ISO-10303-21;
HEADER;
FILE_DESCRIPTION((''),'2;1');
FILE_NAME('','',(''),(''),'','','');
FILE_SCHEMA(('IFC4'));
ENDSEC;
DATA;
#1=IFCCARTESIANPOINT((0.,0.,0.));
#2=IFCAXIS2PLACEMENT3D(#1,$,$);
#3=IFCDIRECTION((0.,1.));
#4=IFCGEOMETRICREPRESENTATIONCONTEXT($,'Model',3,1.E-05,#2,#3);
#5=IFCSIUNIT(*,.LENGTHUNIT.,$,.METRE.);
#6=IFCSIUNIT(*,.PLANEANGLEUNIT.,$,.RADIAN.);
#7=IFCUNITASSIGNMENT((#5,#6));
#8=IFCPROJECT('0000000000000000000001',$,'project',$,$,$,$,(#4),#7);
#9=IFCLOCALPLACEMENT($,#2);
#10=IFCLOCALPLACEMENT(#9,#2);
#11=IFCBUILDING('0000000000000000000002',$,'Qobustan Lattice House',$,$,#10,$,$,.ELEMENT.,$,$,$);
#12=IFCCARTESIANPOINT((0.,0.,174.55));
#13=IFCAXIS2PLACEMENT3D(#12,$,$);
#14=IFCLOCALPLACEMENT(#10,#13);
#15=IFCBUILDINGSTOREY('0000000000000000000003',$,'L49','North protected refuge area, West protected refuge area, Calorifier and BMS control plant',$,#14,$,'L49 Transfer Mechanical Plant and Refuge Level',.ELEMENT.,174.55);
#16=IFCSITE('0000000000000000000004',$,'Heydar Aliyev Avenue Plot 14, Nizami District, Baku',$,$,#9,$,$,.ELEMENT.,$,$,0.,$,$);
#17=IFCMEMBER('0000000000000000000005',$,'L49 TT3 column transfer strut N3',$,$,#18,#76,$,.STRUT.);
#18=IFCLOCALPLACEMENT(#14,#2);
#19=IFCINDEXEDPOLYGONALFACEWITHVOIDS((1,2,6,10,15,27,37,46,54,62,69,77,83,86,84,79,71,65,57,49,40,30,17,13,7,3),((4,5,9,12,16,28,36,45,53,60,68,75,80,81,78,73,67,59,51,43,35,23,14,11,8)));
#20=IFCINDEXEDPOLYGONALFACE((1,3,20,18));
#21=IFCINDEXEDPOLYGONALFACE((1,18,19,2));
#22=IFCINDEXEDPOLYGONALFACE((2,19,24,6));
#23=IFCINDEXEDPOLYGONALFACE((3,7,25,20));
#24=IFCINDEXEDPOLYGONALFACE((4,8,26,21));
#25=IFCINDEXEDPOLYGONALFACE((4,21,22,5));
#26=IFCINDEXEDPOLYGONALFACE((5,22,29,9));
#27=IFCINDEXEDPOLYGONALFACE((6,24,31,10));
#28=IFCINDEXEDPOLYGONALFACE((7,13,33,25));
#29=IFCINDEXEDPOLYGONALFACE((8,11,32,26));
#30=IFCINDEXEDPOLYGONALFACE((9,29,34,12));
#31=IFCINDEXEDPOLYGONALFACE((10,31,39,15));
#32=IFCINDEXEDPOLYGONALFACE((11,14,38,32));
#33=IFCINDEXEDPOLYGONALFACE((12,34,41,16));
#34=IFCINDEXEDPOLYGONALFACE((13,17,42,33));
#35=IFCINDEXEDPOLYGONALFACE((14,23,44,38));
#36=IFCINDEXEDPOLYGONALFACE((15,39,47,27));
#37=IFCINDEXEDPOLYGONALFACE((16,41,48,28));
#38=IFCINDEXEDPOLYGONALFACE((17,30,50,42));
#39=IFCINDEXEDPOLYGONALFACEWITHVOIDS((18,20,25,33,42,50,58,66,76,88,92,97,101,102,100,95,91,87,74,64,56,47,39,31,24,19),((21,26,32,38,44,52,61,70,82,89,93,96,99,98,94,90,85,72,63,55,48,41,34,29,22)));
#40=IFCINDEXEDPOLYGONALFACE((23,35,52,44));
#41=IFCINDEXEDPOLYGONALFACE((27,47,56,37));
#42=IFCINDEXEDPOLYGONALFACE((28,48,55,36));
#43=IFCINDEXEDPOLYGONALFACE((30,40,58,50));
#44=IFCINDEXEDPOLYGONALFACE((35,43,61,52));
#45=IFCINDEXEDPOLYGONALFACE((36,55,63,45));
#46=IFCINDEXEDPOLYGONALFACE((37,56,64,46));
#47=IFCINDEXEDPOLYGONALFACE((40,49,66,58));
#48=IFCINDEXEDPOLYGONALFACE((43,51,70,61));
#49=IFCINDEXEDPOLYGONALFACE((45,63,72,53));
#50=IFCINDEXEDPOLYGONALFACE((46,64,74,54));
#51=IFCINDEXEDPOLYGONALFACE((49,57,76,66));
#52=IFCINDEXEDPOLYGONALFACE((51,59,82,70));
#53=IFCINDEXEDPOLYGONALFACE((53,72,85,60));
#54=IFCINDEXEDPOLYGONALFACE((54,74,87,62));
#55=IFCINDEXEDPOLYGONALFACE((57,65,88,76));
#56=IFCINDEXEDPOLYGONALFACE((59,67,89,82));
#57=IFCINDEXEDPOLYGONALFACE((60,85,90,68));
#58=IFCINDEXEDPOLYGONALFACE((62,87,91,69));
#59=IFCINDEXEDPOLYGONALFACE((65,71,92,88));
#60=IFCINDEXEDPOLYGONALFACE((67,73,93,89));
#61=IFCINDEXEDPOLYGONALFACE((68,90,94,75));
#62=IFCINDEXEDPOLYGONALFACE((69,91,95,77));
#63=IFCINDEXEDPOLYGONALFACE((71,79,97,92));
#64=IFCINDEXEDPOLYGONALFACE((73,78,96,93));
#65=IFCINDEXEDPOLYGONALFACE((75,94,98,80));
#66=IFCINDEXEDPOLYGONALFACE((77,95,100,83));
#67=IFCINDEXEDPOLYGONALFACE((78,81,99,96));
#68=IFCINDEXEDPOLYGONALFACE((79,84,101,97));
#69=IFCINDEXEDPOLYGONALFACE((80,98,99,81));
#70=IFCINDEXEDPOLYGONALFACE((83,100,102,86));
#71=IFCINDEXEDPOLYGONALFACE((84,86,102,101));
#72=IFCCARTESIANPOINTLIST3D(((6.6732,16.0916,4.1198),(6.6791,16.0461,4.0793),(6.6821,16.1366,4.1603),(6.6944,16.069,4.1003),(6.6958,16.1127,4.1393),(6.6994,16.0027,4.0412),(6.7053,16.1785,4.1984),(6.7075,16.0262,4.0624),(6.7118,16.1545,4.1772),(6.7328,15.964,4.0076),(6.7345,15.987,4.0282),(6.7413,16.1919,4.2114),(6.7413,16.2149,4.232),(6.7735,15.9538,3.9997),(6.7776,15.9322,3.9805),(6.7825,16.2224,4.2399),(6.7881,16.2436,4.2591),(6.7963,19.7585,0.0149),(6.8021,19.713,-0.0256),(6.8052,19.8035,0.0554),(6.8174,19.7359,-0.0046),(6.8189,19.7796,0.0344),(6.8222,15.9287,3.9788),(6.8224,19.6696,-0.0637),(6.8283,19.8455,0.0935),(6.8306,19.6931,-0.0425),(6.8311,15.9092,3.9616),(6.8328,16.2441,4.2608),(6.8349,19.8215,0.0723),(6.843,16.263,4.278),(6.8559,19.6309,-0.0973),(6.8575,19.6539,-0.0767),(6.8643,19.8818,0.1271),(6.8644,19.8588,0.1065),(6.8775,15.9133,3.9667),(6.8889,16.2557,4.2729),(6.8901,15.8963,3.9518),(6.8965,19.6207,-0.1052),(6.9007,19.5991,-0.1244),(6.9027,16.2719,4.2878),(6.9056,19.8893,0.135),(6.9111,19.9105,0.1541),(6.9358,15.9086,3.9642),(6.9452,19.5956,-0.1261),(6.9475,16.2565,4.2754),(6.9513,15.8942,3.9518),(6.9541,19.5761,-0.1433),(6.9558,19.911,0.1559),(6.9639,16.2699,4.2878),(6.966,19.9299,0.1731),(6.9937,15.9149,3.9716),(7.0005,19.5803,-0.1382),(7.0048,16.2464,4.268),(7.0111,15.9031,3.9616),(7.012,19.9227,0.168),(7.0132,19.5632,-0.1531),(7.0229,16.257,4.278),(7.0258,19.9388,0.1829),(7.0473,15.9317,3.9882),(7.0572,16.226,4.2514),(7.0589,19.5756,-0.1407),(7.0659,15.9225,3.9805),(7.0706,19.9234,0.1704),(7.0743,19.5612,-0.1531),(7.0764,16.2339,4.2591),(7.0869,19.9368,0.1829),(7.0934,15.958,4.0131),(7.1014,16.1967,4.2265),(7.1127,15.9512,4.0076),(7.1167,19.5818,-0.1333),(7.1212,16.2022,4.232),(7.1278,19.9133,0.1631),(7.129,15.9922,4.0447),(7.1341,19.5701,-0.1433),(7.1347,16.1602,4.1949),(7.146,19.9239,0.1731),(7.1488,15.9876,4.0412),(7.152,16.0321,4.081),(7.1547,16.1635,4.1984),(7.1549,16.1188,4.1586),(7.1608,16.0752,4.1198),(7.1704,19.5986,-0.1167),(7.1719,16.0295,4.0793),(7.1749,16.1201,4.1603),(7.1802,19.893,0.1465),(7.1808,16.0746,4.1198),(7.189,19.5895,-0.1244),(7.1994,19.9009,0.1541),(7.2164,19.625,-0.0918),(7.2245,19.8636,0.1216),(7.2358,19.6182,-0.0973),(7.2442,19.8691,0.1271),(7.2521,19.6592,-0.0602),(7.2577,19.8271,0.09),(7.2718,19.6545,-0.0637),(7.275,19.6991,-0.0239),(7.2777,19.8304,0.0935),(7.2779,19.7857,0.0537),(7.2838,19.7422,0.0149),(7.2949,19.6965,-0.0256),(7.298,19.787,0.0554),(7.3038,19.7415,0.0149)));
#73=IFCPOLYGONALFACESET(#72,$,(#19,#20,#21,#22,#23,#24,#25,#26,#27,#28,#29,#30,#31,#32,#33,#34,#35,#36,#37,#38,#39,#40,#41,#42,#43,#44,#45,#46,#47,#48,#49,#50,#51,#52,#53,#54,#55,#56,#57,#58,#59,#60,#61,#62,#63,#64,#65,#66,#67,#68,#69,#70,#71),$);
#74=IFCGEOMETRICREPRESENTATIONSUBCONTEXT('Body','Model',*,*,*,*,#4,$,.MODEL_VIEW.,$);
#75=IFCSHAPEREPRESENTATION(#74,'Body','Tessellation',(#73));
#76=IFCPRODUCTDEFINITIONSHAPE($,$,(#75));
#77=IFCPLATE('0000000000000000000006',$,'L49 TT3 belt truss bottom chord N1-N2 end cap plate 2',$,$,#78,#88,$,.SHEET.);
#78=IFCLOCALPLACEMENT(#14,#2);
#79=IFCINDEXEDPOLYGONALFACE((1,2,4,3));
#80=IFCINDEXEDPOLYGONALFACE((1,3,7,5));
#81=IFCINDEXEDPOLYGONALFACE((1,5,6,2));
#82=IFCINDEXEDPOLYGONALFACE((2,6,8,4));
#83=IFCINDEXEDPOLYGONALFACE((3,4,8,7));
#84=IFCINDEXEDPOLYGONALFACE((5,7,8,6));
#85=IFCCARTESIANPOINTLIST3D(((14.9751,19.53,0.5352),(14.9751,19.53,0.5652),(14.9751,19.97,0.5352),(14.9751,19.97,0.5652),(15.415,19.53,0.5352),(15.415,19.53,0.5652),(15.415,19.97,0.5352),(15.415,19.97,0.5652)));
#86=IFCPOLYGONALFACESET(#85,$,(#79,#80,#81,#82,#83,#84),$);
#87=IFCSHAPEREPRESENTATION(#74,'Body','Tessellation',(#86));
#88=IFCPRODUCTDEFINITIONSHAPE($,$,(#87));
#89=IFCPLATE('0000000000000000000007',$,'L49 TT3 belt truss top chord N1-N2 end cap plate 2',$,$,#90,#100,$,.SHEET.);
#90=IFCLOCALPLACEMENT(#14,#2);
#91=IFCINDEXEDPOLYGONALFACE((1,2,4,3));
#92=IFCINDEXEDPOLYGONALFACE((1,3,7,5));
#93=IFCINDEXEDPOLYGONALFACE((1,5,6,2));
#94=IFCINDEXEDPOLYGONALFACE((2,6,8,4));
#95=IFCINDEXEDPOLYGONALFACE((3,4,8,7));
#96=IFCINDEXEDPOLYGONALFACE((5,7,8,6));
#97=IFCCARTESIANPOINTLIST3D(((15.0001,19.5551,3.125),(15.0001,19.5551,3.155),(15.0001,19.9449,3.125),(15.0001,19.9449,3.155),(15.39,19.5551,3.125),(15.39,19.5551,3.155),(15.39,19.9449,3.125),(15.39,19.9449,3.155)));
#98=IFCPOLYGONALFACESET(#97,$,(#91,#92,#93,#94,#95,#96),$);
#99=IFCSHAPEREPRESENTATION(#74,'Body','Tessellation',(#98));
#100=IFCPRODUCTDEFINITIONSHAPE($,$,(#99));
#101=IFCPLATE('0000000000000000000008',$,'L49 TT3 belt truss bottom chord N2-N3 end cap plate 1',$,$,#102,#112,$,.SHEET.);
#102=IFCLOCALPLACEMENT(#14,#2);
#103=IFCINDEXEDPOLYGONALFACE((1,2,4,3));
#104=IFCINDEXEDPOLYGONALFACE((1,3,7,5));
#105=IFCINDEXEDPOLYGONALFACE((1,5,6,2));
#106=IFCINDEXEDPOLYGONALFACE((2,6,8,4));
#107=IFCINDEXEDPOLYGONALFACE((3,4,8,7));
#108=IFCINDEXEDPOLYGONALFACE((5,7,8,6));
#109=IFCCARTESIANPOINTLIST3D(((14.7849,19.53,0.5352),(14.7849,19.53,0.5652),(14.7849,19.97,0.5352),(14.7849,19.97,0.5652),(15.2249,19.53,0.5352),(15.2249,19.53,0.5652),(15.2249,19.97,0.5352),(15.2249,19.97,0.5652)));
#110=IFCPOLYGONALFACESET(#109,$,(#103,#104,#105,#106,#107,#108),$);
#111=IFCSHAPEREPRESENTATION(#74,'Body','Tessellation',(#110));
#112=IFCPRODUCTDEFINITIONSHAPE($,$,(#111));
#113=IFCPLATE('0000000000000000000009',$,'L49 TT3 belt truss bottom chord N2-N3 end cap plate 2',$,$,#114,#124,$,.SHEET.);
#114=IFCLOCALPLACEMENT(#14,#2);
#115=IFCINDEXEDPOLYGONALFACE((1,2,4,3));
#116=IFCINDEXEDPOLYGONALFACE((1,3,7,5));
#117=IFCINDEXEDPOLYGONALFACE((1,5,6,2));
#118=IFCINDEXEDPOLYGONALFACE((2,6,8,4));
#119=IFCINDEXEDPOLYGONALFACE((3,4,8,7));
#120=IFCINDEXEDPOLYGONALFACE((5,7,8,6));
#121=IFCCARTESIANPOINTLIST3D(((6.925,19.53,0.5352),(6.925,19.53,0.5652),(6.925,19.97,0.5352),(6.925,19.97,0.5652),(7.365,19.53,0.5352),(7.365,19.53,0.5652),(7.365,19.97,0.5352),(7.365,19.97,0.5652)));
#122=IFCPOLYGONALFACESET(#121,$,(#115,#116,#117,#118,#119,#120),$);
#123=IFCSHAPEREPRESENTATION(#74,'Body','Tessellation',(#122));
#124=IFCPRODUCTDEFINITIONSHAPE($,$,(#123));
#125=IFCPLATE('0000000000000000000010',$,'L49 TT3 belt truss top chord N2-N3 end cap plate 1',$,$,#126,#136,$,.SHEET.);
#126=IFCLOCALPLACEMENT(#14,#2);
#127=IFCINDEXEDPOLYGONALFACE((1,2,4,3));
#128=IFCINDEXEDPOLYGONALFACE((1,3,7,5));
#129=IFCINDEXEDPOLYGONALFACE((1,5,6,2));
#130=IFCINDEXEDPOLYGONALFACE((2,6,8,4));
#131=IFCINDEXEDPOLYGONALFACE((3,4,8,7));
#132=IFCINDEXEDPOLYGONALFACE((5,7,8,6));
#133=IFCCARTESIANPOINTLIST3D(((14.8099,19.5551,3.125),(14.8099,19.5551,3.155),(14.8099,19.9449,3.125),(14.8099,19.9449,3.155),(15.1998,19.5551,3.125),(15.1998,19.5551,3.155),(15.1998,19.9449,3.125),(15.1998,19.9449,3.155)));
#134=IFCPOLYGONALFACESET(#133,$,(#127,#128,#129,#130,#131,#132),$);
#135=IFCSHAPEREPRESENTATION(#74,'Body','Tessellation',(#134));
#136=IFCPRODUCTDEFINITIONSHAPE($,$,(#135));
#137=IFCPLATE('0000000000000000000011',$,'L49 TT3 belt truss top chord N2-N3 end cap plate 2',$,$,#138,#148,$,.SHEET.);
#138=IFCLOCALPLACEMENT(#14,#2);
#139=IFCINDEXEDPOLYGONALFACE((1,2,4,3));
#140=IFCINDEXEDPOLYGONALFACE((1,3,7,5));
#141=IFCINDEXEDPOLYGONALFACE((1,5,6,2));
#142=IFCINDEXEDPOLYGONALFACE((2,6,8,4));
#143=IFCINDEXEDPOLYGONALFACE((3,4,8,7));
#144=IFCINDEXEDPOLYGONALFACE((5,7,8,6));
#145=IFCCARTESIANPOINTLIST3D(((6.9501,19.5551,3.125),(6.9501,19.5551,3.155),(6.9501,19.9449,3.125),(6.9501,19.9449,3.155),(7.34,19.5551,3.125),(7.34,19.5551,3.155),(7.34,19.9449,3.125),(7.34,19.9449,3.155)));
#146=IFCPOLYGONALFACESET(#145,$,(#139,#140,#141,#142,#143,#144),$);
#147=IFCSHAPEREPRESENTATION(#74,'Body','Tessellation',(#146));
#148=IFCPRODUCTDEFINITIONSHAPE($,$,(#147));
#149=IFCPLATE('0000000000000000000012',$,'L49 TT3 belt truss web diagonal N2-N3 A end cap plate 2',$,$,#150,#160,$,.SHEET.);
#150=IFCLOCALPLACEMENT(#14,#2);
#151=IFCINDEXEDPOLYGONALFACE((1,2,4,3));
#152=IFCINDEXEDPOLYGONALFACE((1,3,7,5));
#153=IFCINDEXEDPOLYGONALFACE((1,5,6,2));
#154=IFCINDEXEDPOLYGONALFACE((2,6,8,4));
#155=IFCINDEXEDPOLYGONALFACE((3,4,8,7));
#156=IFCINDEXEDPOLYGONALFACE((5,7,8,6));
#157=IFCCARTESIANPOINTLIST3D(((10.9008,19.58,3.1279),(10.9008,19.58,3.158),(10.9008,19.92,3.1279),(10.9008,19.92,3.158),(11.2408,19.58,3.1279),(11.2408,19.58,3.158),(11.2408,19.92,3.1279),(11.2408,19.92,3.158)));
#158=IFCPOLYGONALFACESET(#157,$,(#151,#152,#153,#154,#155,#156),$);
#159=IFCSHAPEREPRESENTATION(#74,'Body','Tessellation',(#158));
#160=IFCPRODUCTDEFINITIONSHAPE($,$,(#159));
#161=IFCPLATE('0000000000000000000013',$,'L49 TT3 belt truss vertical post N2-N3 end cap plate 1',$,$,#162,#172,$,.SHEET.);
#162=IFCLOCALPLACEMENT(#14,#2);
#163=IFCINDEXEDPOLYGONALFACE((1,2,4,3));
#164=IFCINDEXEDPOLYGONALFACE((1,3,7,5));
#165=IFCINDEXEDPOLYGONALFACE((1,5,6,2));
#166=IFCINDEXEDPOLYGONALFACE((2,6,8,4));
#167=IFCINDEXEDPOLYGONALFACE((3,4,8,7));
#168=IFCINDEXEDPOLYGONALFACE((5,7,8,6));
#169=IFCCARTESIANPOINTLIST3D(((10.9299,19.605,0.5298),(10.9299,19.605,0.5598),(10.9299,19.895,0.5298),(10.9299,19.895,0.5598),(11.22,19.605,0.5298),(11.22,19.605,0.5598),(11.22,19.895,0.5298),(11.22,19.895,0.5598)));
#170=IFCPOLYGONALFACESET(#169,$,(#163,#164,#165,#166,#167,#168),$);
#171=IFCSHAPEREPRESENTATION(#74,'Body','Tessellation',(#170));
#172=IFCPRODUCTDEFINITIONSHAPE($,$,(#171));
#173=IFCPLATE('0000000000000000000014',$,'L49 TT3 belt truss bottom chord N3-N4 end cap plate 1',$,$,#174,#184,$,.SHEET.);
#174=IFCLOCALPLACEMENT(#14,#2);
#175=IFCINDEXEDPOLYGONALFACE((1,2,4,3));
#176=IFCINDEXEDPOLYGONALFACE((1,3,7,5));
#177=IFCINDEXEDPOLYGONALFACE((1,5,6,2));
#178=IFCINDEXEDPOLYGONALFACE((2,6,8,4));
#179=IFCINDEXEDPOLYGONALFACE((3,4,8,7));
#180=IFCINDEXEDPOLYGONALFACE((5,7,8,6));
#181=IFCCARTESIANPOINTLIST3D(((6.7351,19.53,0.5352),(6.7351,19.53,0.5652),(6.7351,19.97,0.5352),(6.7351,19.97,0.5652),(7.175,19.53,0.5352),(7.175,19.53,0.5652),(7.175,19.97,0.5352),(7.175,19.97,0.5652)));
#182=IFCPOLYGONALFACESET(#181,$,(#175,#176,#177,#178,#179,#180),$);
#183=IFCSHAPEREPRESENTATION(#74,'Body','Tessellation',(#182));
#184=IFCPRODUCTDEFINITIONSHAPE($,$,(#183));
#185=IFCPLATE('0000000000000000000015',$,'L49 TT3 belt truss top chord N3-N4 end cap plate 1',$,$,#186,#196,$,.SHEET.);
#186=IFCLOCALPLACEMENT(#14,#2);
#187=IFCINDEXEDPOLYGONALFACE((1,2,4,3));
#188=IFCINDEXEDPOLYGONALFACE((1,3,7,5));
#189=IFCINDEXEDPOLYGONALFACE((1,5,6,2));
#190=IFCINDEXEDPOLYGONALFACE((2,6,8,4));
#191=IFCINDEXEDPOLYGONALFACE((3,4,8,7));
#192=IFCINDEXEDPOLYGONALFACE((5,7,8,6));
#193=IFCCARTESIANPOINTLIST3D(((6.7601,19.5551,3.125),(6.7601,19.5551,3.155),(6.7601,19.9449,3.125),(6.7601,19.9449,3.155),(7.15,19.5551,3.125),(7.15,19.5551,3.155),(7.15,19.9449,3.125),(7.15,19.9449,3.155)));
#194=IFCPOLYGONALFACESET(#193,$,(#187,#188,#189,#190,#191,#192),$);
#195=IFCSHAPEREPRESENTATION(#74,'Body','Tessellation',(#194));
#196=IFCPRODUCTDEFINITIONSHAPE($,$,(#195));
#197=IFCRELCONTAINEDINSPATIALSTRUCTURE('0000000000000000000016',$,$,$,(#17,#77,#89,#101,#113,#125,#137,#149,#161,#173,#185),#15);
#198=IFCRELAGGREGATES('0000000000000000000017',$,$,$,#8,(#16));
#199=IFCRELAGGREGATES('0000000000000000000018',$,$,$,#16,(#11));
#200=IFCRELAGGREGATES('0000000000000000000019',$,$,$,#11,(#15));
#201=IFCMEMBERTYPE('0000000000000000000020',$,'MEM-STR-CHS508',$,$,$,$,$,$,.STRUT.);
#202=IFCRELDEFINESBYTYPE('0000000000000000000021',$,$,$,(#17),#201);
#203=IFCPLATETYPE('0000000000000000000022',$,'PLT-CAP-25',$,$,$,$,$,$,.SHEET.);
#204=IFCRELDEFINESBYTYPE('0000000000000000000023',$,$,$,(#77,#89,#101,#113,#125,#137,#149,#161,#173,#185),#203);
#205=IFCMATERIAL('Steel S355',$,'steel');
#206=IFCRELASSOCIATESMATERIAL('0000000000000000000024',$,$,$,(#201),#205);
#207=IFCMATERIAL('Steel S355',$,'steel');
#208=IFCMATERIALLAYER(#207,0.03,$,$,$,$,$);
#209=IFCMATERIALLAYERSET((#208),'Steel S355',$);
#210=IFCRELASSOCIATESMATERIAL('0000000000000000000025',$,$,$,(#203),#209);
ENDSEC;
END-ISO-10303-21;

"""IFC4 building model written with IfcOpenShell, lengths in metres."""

from ifc_helpers import new_model, si_unit, direction, frame, origin, origin_2d, place, context, subcontext, project, spatial, rectangle, hollow_circle, extrude, material, layer, layer_set, material_profile, profile_set, type_object, element, save


model = new_model("IFC4")

# Units and contexts
model_context = context("Model", 3, precision=1e-05, world=origin(), true_north=direction((0.0, 1.0)))
body_context = subcontext(model_context, "Body", "Model", "MODEL_VIEW")
ifc_project = project(units=[si_unit("LENGTHUNIT", "METRE"), si_unit("PLANEANGLEUNIT", "RADIAN")], contexts=[model_context])

# Site, building, storey
site_placement = place(None, origin())
site = spatial("IfcSite", under=ifc_project, at=site_placement, Name="Heydar Aliyev Avenue Plot 14, Nizami District, Baku", CompositionType="ELEMENT", RefElevation=0.0)
building_placement = place(site_placement, origin())
building = spatial("IfcBuilding", under=site, at=building_placement, Name="Qobustan Lattice House", CompositionType="ELEMENT")
storey_placement = place(building_placement, frame((0.0, 0.0, 174.55)))
storey = spatial("IfcBuildingStorey", under=building, at=storey_placement, Name="L49", Description="North protected refuge area, West protected refuge area, Calorifier and BMS control plant", LongName="L49 Transfer Mechanical Plant and Refuge Level", CompositionType="ELEMENT", Elevation=174.55)

# Member
ifc_material_1 = material(Name="Steel S355", Category="steel")
ifc_material_profile_1 = material_profile(ifc_material_1, hollow_circle(Radius=0.2539, WallThickness=0.02, at=origin_2d()), Name="CHS508x20")
ifc_profile_set_1 = profile_set([ifc_material_profile_1], Name="Steel S355")
member_type_1 = type_object("IfcMemberType", Name="MEM-STR-CHS508", PredefinedType="STRUT", material=ifc_profile_set_1)
member_1_placement = place(storey_placement, frame((7.05, 19.75, 0.0149), z_axis=(-0.022349, -0.666034, 0.745586), x_axis=(0.999437, -0.033536, 0.0)))
element("IfcMember", 1, at=member_1_placement, inside=storey, type_object=member_type_1, Name="L49 TT3 column transfer strut N3", PredefinedType="STRUT", context=body_context, shape_type="SweptSolid", body=[
    extrude(hollow_circle(Radius=0.2539, WallThickness=0.02, at=origin_2d()), origin(), (0.0, 0.0, 1.0), 5.5056),
])

# Plates
ifc_material_2 = material(Name="Steel S355", Category="steel")
ifc_layer_1 = layer(ifc_material_2, 0.03)
ifc_layer_set_1 = layer_set([ifc_layer_1], Name="Steel S355")
plate_type = type_object("IfcPlateType", Name="PLT-CAP-25", PredefinedType="SHEET", material=ifc_layer_set_1)
plate_1_placement = place(storey_placement, frame((15.1951, 19.75, 0.5352), z_axis=(0.0, 0.0, 1.0), x_axis=(-1.0, 0.0, 0.0)))
element("IfcPlate", 2, at=plate_1_placement, inside=storey, type_object=plate_type, Name="L49 TT3 belt truss bottom chord N1-N2 end cap plate 2", PredefinedType="SHEET", context=body_context, shape_type="SweptSolid", body=[
    extrude(rectangle(XDim=0.4399, YDim=0.4399, at=origin_2d()), origin(), (0.0, 0.0, 1.0), 0.03),
])
plate_2_placement = place(storey_placement, frame((15.1951, 19.75, 3.125), z_axis=(0.0, 0.0, 1.0), x_axis=(-1.0, 0.0, 0.0)))
element("IfcPlate", 3, at=plate_2_placement, inside=storey, type_object=plate_type, Name="L49 TT3 belt truss top chord N1-N2 end cap plate 2", PredefinedType="SHEET", context=body_context, shape_type="SweptSolid", body=[
    extrude(rectangle(XDim=0.3899, YDim=0.3899, at=origin_2d()), origin(), (0.0, 0.0, 1.0), 0.03),
])
for number, where, z_axis, x_axis, name in (
    (4, (15.0049, 19.75, 0.5352), (0.0, 0.0, 1.0), (-1.0, 0.0, 0.0), "L49 TT3 belt truss bottom chord N2-N3 end cap plate 1"),
    (5, (7.145, 19.75, 0.5352), (0.0, 0.0, 1.0), (-1.0, 0.0, 0.0), "L49 TT3 belt truss bottom chord N2-N3 end cap plate 2"),
):
    element("IfcPlate", number, at=place(storey_placement, frame(where, z_axis=z_axis, x_axis=x_axis)), inside=storey, type_object=plate_type, Name=name, PredefinedType="SHEET", context=body_context, shape_type="SweptSolid", body=[
        extrude(rectangle(XDim=0.4399, YDim=0.4399, at=origin_2d()), origin(), (0.0, 0.0, 1.0), 0.03),
    ])
for number, where, z_axis, x_axis, name in (
    (6, (15.0049, 19.75, 3.125), (0.0, 0.0, 1.0), (-1.0, 0.0, 0.0), "L49 TT3 belt truss top chord N2-N3 end cap plate 1"),
    (7, (7.145, 19.75, 3.125), (0.0, 0.0, 1.0), (-1.0, 0.0, 0.0), "L49 TT3 belt truss top chord N2-N3 end cap plate 2"),
):
    element("IfcPlate", number, at=place(storey_placement, frame(where, z_axis=z_axis, x_axis=x_axis)), inside=storey, type_object=plate_type, Name=name, PredefinedType="SHEET", context=body_context, shape_type="SweptSolid", body=[
        extrude(rectangle(XDim=0.3899, YDim=0.3899, at=origin_2d()), origin(), (0.0, 0.0, 1.0), 0.03),
    ])
plate_3_placement = place(storey_placement, frame((11.0708, 19.75, 3.1279), z_axis=(0.0, 0.0, 1.0), x_axis=(-1.0, 0.0, 0.0)))
element("IfcPlate", 8, at=plate_3_placement, inside=storey, type_object=plate_type, Name="L49 TT3 belt truss web diagonal N2-N3 A end cap plate 2", PredefinedType="SHEET", context=body_context, shape_type="SweptSolid", body=[
    extrude(rectangle(XDim=0.3401, YDim=0.3401, at=origin_2d()), origin(), (0.0, 0.0, 1.0), 0.03),
])
plate_4_placement = place(storey_placement, frame((11.075, 19.75, 0.5298), z_axis=(0.0, 0.0, 1.0), x_axis=(1.0, 0.0, 0.0)))
element("IfcPlate", 9, at=plate_4_placement, inside=storey, type_object=plate_type, Name="L49 TT3 belt truss vertical post N2-N3 end cap plate 1", PredefinedType="SHEET", context=body_context, shape_type="SweptSolid", body=[
    extrude(rectangle(XDim=0.29, YDim=0.29, at=origin_2d()), origin(), (0.0, 0.0, 1.0), 0.03),
])
plate_5_placement = place(storey_placement, frame((6.9551, 19.75, 0.5352), z_axis=(0.0, 0.0, 1.0), x_axis=(-1.0, 0.0, 0.0)))
element("IfcPlate", 10, at=plate_5_placement, inside=storey, type_object=plate_type, Name="L49 TT3 belt truss bottom chord N3-N4 end cap plate 1", PredefinedType="SHEET", context=body_context, shape_type="SweptSolid", body=[
    extrude(rectangle(XDim=0.4399, YDim=0.4399, at=origin_2d()), origin(), (0.0, 0.0, 1.0), 0.03),
])
plate_6_placement = place(storey_placement, frame((6.9551, 19.75, 3.125), z_axis=(0.0, 0.0, 1.0), x_axis=(-1.0, 0.0, 0.0)))
element("IfcPlate", 11, at=plate_6_placement, inside=storey, type_object=plate_type, Name="L49 TT3 belt truss top chord N3-N4 end cap plate 1", PredefinedType="SHEET", context=body_context, shape_type="SweptSolid", body=[
    extrude(rectangle(XDim=0.3899, YDim=0.3899, at=origin_2d()), origin(), (0.0, 0.0, 1.0), 0.03),
])

save(model, "model.ifc")
